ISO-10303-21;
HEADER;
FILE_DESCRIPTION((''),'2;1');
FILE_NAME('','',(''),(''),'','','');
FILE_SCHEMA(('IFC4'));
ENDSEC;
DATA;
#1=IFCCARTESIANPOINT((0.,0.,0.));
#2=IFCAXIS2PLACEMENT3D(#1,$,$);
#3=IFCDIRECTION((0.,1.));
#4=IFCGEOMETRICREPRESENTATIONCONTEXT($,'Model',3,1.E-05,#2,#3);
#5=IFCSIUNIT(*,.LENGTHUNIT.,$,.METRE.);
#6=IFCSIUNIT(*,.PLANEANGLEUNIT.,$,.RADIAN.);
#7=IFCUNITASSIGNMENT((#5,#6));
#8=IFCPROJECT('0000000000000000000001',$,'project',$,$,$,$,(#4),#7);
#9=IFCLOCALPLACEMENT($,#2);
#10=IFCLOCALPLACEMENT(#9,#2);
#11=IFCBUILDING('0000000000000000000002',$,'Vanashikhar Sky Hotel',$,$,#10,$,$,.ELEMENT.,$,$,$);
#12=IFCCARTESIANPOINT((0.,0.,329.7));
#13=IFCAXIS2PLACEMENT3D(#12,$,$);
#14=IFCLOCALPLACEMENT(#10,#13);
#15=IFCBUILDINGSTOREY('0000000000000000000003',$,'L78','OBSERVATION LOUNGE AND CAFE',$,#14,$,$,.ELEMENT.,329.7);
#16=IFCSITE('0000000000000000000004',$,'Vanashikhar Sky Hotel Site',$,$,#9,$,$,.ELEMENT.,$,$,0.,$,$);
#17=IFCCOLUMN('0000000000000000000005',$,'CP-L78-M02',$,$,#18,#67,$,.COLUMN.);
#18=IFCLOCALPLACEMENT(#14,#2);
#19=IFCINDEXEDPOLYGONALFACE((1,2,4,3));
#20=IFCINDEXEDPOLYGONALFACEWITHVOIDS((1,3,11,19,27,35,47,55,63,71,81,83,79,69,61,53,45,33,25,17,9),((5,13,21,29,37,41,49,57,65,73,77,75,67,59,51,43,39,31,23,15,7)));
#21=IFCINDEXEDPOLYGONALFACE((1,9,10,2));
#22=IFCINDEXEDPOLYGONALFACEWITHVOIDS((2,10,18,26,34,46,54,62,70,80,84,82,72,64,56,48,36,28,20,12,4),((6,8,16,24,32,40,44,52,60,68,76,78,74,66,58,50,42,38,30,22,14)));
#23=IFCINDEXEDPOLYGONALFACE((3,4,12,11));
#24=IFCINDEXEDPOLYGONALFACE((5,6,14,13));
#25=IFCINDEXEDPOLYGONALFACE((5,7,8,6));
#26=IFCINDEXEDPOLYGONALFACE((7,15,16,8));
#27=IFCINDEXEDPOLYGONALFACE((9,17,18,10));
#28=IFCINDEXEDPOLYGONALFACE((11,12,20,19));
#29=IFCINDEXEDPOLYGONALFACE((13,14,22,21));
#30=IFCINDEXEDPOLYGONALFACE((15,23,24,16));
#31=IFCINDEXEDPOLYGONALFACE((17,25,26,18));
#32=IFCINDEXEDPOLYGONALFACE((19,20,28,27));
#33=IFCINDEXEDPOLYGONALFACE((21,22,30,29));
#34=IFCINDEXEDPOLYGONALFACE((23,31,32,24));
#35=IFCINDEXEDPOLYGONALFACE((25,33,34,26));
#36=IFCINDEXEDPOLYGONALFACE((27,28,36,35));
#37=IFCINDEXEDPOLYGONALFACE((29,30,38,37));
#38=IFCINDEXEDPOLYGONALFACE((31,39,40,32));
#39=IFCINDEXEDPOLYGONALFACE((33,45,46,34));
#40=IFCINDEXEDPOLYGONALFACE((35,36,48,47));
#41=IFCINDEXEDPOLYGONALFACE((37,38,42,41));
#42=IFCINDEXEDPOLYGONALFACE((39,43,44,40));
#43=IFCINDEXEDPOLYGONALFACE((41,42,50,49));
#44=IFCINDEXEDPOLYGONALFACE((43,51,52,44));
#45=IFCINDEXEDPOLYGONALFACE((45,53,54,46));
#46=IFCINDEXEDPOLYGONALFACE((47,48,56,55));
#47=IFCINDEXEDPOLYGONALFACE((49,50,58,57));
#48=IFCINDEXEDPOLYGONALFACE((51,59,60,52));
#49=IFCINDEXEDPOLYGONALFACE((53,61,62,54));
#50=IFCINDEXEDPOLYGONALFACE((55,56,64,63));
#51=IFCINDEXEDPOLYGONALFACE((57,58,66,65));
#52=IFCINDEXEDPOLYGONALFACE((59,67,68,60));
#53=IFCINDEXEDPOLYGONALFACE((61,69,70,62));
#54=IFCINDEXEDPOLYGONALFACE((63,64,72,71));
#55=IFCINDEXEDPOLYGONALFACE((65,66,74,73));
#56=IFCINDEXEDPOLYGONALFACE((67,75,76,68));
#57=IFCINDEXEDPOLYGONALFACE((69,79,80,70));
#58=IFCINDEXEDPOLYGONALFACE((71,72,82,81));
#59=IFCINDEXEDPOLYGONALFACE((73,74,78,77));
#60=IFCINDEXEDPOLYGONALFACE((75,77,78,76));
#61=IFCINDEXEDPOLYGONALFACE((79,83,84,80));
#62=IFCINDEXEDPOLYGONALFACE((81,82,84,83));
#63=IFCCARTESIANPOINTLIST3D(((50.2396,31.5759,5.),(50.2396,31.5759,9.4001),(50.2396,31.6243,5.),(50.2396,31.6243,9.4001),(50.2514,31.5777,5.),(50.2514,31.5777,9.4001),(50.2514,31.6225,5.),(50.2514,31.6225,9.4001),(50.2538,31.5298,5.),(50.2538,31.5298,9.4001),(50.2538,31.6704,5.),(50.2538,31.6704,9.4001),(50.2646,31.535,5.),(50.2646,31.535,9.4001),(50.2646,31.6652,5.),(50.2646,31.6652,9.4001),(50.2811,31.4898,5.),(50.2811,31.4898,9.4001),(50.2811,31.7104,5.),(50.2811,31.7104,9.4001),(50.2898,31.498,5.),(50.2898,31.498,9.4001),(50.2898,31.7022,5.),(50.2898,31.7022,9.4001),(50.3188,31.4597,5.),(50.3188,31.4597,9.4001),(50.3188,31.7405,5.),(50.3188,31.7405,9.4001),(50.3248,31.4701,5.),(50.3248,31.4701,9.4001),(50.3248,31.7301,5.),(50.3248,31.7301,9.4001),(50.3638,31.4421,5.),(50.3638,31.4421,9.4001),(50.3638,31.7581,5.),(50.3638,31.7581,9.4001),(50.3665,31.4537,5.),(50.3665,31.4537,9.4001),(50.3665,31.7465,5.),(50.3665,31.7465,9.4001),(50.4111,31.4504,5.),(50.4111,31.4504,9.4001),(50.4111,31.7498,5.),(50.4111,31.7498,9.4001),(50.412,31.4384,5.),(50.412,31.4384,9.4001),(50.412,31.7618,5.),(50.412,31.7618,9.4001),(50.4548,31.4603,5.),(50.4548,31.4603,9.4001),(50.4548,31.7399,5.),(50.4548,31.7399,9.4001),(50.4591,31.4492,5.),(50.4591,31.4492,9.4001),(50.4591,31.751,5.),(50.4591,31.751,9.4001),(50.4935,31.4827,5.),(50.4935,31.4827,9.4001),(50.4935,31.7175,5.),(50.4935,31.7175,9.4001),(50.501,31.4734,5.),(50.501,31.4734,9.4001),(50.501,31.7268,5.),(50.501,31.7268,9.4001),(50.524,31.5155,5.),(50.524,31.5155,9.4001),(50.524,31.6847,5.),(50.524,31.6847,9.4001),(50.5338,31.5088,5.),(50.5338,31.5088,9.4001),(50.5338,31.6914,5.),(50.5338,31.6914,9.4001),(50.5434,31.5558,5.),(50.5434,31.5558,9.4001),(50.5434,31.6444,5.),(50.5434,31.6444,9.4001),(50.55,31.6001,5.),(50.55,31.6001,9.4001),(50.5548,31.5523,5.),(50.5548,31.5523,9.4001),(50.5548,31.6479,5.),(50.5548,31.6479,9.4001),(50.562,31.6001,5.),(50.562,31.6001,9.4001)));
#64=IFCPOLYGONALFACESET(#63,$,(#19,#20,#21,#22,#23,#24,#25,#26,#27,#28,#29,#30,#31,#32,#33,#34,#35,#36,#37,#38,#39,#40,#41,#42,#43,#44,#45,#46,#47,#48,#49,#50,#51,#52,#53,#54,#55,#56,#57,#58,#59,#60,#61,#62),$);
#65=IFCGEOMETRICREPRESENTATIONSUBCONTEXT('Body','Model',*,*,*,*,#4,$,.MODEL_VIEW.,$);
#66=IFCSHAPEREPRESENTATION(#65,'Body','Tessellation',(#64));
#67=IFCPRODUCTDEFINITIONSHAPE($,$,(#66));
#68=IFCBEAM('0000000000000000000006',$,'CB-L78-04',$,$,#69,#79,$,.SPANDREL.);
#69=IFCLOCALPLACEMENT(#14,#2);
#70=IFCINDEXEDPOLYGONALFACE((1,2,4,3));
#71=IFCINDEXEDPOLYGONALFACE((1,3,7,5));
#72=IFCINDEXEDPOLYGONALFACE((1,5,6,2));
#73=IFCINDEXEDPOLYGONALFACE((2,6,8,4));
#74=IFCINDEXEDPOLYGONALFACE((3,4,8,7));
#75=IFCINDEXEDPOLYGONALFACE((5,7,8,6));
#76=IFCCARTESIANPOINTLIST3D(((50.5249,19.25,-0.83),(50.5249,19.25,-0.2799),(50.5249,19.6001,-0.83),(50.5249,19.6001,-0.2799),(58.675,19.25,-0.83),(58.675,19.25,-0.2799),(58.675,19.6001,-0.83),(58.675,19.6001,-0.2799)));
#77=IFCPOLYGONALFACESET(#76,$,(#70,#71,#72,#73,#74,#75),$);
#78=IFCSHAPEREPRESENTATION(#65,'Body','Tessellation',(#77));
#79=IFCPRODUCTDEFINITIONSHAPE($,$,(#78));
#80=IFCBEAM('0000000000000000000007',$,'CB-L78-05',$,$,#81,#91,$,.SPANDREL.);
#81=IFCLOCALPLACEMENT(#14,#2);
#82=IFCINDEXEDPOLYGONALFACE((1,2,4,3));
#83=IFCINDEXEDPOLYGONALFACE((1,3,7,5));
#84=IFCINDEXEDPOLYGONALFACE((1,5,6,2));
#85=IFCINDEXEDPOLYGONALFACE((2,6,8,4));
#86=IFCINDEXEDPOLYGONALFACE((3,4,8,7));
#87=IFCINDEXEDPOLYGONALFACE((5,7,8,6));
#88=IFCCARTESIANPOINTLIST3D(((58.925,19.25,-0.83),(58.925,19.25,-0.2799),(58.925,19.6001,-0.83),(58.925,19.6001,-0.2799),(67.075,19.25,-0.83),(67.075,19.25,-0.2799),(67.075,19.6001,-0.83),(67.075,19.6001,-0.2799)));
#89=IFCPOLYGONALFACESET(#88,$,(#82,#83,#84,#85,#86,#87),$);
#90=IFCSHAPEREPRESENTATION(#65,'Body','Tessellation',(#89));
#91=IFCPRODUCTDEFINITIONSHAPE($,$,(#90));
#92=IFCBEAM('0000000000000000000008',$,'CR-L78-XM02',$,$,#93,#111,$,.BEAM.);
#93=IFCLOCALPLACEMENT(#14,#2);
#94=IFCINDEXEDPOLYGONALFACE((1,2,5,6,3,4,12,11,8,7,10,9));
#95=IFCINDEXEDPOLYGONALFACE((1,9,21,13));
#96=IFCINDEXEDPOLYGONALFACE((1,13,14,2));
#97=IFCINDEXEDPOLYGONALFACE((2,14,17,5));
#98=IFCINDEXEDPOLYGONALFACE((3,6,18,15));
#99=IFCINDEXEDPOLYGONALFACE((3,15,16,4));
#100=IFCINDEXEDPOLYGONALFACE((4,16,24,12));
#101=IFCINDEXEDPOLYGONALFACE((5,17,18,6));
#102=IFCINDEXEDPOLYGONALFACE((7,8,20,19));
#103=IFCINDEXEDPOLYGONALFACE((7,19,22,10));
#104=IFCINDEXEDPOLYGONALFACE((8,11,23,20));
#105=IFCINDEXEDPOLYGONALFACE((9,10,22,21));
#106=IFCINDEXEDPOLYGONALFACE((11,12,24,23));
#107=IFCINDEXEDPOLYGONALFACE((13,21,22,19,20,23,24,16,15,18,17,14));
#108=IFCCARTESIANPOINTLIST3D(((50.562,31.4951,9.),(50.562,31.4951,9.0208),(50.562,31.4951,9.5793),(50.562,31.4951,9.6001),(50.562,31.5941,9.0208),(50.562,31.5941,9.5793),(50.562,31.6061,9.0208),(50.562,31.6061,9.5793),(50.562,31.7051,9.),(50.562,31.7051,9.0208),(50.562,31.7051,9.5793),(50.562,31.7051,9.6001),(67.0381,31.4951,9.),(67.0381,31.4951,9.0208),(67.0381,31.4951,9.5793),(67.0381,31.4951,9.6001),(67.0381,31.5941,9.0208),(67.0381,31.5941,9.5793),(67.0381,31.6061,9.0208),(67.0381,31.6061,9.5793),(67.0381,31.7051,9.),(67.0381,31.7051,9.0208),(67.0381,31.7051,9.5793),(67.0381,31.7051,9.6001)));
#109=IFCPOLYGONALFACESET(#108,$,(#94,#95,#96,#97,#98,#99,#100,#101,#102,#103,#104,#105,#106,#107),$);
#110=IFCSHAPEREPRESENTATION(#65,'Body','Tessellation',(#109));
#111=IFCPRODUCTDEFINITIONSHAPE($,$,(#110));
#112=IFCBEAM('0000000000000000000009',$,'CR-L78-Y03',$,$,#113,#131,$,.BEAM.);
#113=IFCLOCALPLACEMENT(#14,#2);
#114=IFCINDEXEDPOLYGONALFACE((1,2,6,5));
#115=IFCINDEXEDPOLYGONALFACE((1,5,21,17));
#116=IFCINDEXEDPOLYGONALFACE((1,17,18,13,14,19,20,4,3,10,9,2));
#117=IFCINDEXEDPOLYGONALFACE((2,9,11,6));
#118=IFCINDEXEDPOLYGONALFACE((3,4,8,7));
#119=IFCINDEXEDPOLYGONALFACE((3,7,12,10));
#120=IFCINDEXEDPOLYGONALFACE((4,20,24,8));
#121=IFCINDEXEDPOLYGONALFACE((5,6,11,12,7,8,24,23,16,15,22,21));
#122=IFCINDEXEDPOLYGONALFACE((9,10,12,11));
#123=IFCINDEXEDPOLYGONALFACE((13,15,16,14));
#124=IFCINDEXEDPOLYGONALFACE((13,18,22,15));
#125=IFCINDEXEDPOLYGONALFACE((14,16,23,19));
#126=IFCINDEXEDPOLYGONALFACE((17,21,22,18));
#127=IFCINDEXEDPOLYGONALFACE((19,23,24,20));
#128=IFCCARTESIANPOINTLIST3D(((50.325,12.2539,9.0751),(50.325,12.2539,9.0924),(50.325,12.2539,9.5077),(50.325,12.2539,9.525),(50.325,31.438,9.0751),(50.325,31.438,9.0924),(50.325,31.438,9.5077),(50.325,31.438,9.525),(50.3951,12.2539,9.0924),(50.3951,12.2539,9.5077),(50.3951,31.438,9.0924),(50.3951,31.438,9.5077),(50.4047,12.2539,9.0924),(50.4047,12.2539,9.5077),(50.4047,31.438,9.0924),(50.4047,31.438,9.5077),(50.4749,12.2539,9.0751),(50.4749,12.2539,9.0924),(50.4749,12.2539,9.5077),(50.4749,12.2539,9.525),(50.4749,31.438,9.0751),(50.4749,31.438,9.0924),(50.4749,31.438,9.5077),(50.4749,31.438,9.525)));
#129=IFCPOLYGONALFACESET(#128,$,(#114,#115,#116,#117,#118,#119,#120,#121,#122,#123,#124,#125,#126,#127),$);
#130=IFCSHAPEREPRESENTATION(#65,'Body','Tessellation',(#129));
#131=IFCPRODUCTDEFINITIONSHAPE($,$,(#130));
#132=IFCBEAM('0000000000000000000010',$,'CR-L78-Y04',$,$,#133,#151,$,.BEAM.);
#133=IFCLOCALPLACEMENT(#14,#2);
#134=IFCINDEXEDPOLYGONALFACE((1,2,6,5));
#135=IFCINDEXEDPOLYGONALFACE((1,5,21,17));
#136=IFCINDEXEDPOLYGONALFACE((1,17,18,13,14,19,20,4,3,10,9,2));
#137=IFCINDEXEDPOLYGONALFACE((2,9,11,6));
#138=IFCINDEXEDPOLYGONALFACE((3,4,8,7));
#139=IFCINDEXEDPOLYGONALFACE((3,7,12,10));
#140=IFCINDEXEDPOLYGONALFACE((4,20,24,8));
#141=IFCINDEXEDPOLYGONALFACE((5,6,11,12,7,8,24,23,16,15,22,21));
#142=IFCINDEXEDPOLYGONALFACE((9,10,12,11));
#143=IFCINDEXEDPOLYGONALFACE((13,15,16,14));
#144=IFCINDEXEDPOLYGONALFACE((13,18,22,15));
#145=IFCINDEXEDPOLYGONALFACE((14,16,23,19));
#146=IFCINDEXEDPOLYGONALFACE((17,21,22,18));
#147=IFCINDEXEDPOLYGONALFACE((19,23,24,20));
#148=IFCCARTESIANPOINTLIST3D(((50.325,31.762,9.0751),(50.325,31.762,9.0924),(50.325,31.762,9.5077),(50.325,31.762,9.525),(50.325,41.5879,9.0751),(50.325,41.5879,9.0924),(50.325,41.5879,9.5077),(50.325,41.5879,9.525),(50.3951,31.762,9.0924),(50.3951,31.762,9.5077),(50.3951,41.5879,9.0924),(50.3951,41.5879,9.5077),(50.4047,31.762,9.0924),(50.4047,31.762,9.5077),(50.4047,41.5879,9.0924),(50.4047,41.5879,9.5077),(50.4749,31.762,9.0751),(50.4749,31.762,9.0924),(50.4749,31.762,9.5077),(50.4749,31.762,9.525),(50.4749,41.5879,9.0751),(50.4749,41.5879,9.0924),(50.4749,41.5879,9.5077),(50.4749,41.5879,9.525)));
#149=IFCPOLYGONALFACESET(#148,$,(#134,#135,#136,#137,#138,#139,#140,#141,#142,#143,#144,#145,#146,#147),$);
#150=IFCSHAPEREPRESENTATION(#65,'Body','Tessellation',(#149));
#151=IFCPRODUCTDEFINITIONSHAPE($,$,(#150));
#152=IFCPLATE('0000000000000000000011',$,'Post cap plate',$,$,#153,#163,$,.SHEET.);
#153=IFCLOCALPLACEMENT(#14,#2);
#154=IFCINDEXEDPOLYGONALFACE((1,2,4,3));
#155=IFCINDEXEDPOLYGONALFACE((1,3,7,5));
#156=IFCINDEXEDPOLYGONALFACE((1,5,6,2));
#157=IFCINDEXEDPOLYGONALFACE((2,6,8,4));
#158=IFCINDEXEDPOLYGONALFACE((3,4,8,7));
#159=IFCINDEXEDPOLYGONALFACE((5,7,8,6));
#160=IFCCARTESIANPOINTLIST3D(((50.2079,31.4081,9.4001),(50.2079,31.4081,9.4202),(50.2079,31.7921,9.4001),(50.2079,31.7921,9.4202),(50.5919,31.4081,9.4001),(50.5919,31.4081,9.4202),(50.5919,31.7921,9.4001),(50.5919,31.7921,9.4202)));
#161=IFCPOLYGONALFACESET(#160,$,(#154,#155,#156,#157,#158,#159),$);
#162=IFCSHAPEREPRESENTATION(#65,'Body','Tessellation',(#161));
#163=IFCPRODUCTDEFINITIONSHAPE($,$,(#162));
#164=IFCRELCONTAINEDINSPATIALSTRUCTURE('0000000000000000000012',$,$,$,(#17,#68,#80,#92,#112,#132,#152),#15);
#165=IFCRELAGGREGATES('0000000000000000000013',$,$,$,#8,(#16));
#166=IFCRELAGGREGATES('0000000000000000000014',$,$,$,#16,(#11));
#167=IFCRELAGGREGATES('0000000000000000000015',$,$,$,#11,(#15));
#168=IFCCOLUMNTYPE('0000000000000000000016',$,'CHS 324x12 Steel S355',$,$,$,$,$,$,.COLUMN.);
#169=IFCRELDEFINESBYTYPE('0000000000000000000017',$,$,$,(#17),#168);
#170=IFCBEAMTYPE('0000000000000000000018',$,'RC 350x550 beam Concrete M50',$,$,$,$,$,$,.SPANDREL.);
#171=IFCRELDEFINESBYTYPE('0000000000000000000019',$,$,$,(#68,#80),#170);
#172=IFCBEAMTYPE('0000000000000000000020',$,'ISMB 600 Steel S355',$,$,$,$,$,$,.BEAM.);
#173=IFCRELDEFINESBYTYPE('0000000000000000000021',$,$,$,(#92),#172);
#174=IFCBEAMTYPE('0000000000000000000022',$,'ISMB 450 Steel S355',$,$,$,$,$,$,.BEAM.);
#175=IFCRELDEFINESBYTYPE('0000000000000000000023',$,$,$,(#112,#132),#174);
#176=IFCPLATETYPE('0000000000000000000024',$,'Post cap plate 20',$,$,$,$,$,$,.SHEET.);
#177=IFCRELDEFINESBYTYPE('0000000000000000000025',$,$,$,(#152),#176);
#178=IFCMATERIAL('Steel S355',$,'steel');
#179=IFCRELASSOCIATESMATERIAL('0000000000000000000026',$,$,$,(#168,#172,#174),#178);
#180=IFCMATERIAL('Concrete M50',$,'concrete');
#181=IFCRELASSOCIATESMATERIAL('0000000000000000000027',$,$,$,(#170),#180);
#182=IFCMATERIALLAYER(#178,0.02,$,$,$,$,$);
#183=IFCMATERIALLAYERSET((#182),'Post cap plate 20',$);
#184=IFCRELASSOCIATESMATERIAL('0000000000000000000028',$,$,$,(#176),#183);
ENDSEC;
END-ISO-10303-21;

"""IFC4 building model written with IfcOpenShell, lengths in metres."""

from ifc_helpers import new_model, si_unit, direction, frame, origin, origin_2d, place, context, subcontext, project, spatial, rectangle, hollow_circle, i_section, extrude, source, transform, mapped, material, layer, layer_set, material_profile, profile_set, type_object, element, save


model = new_model("IFC4")

# Units and contexts
model_context = context("Model", 3, precision=1e-05, world=origin(), true_north=direction((0.0, 1.0)))
body_context = subcontext(model_context, "Body", "Model", "MODEL_VIEW")
ifc_project = project(units=[si_unit("LENGTHUNIT", "METRE"), si_unit("PLANEANGLEUNIT", "RADIAN")], contexts=[model_context])

# Site, building, storey
site_placement = place(None, origin())
site = spatial("IfcSite", under=ifc_project, at=site_placement, Name="Vanashikhar Sky Hotel Site", CompositionType="ELEMENT", RefElevation=0.0)
building_placement = place(site_placement, origin())
building = spatial("IfcBuilding", under=site, at=building_placement, Name="Vanashikhar Sky Hotel", CompositionType="ELEMENT")
storey_placement = place(building_placement, frame((0.0, 0.0, 329.7)))
storey = spatial("IfcBuildingStorey", under=building, at=storey_placement, Name="L78", Description="OBSERVATION LOUNGE AND CAFE", CompositionType="ELEMENT", Elevation=329.7)

# Column
ifc_material_1 = material(Name="Steel S355", Category="steel")
ifc_material_profile_1 = material_profile(ifc_material_1, hollow_circle(Radius=0.1621, WallThickness=0.012, at=origin_2d()))
ifc_profile_set_1 = profile_set([ifc_material_profile_1], Name="CHS 324x12 Steel S355")
column_type = type_object("IfcColumnType", Name="CHS 324x12 Steel S355", PredefinedType="COLUMN", material=ifc_profile_set_1)
shared_shape_1 = source(origin(), body_context, "Body", "SweptSolid", [
    extrude(hollow_circle(Radius=0.1621, WallThickness=0.012, at=origin_2d()), origin(), (0.0, 0.0, 1.0), 4.4001),
])
column_placement = place(storey_placement, frame((50.3999, 31.6001, 5.0), z_axis=(0.0, 0.0, 1.0), x_axis=(1.0, 0.0, 0.0)))
element("IfcColumn", 1, at=column_placement, inside=storey, type_object=column_type, Name="CP-L78-M02", PredefinedType="COLUMN", context=body_context, shape_type="MappedRepresentation", body=[
    mapped(shared_shape_1, transform((0.0, 0.0, 0.0), scale=1.0)),
])

# Beams
ifc_material_2 = material(Name="Concrete M50", Category="concrete")
ifc_material_profile_2 = material_profile(ifc_material_2, rectangle(XDim=0.3501, YDim=0.55, at=origin_2d()))
ifc_profile_set_2 = profile_set([ifc_material_profile_2], Name="RC 350x550 beam Concrete M50")
beam_type_1 = type_object("IfcBeamType", Name="RC 350x550 beam Concrete M50", PredefinedType="SPANDREL", material=ifc_profile_set_2)
shared_shape_2 = source(origin(), body_context, "Body", "SweptSolid", [
    extrude(rectangle(XDim=0.3501, YDim=0.55, at=origin_2d()), origin(), (0.0, 0.0, 1.0), 8.1501),
])
beam_1_placement = place(storey_placement, frame((50.5249, 19.425, -0.5549), z_axis=(1.0, 0.0, 0.0), x_axis=(0.0, 1.0, 0.0)))
element("IfcBeam", 2, at=beam_1_placement, inside=storey, type_object=beam_type_1, Name="CB-L78-04", PredefinedType="SPANDREL", context=body_context, shape_type="MappedRepresentation", body=[
    mapped(shared_shape_2, transform((0.0, 0.0, 0.0), scale=1.0)),
])
shared_shape_3 = source(origin(), body_context, "Body", "SweptSolid", [
    extrude(rectangle(XDim=0.3501, YDim=0.55, at=origin_2d()), origin(), (0.0, 0.0, 1.0), 8.1499),
])
beam_2_placement = place(storey_placement, frame((58.925, 19.425, -0.5549), z_axis=(1.0, 0.0, 0.0), x_axis=(0.0, 1.0, 0.0)))
element("IfcBeam", 3, at=beam_2_placement, inside=storey, type_object=beam_type_1, Name="CB-L78-05", PredefinedType="SPANDREL", context=body_context, shape_type="MappedRepresentation", body=[
    mapped(shared_shape_3, transform((0.0, 0.0, 0.0), scale=1.0)),
])
ifc_material_profile_3 = material_profile(ifc_material_1, i_section(OverallWidth=0.21, OverallDepth=0.6001, WebThickness=0.012, FlangeThickness=0.0208, at=origin_2d()), Name="ISMB 600")
ifc_profile_set_3 = profile_set([ifc_material_profile_3], Name="Steel S355")
beam_type_2 = type_object("IfcBeamType", Name="ISMB 600 Steel S355", PredefinedType="BEAM", material=ifc_profile_set_3)
shared_shape_4 = source(origin(), body_context, "Body", "SweptSolid", [
    extrude(i_section(OverallWidth=0.21, OverallDepth=0.6001, WebThickness=0.012, FlangeThickness=0.0208, at=origin_2d()), origin(), (0.0, 0.0, 1.0), 16.4761),
])
beam_3_placement = place(storey_placement, frame((50.562, 31.6001, 9.3), z_axis=(1.0, 0.0, 0.0), x_axis=(0.0, 1.0, 0.0)))
element("IfcBeam", 4, at=beam_3_placement, inside=storey, type_object=beam_type_2, Name="CR-L78-XM02", PredefinedType="BEAM", context=body_context, shape_type="MappedRepresentation", body=[
    mapped(shared_shape_4, transform((0.0, 0.0, 0.0), scale=1.0)),
])
ifc_material_profile_4 = material_profile(ifc_material_1, i_section(OverallWidth=0.1499, OverallDepth=0.45, WebThickness=0.0095, FlangeThickness=0.0173, at=origin_2d()), Name="ISMB 450")
ifc_profile_set_4 = profile_set([ifc_material_profile_4], Name="Steel S355")
beam_type_3 = type_object("IfcBeamType", Name="ISMB 450 Steel S355", PredefinedType="BEAM", material=ifc_profile_set_4)
shared_shape_5 = source(origin(), body_context, "Body", "SweptSolid", [
    extrude(i_section(OverallWidth=0.1499, OverallDepth=0.45, WebThickness=0.0095, FlangeThickness=0.0173, at=origin_2d()), origin(), (0.0, 0.0, 1.0), 19.1841),
])
beam_4_placement = place(storey_placement, frame((50.3999, 12.2539, 9.3), z_axis=(0.0, 1.0, 0.0), x_axis=(-1.0, 0.0, 0.0)))
element("IfcBeam", 5, at=beam_4_placement, inside=storey, type_object=beam_type_3, Name="CR-L78-Y03", PredefinedType="BEAM", context=body_context, shape_type="MappedRepresentation", body=[
    mapped(shared_shape_5, transform((0.0, 0.0, 0.0), scale=1.0)),
])
shared_shape_6 = source(origin(), body_context, "Body", "SweptSolid", [
    extrude(i_section(OverallWidth=0.1499, OverallDepth=0.45, WebThickness=0.0095, FlangeThickness=0.0173, at=origin_2d()), origin(), (0.0, 0.0, 1.0), 9.8259),
])
beam_5_placement = place(storey_placement, frame((50.3999, 31.762, 9.3), z_axis=(0.0, 1.0, 0.0), x_axis=(-1.0, 0.0, 0.0)))
element("IfcBeam", 6, at=beam_5_placement, inside=storey, type_object=beam_type_3, Name="CR-L78-Y04", PredefinedType="BEAM", context=body_context, shape_type="MappedRepresentation", body=[
    mapped(shared_shape_6, transform((0.0, 0.0, 0.0), scale=1.0)),
])

# Plate
ifc_layer_1 = layer(ifc_material_1, 0.02)
ifc_layer_set_1 = layer_set([ifc_layer_1], Name="Post cap plate 20")
plate_type = type_object("IfcPlateType", Name="Post cap plate 20", PredefinedType="SHEET", material=ifc_layer_set_1)
shared_shape_7 = source(origin(), body_context, "Body", "SweptSolid", [
    extrude(rectangle(XDim=0.384, YDim=0.384, at=origin_2d()), origin(), (0.0, 0.0, 1.0), 0.02),
])
plate_placement = place(storey_placement, frame((50.3999, 31.6001, 9.4001), z_axis=(0.0, 0.0, 1.0), x_axis=(1.0, 0.0, 0.0)))
element("IfcPlate", 7, at=plate_placement, inside=storey, type_object=plate_type, Name="Post cap plate", PredefinedType="SHEET", context=body_context, shape_type="MappedRepresentation", body=[
    mapped(shared_shape_7, transform((0.0, 0.0, 0.0), scale=1.0)),
])

save(model, "model.ifc")
